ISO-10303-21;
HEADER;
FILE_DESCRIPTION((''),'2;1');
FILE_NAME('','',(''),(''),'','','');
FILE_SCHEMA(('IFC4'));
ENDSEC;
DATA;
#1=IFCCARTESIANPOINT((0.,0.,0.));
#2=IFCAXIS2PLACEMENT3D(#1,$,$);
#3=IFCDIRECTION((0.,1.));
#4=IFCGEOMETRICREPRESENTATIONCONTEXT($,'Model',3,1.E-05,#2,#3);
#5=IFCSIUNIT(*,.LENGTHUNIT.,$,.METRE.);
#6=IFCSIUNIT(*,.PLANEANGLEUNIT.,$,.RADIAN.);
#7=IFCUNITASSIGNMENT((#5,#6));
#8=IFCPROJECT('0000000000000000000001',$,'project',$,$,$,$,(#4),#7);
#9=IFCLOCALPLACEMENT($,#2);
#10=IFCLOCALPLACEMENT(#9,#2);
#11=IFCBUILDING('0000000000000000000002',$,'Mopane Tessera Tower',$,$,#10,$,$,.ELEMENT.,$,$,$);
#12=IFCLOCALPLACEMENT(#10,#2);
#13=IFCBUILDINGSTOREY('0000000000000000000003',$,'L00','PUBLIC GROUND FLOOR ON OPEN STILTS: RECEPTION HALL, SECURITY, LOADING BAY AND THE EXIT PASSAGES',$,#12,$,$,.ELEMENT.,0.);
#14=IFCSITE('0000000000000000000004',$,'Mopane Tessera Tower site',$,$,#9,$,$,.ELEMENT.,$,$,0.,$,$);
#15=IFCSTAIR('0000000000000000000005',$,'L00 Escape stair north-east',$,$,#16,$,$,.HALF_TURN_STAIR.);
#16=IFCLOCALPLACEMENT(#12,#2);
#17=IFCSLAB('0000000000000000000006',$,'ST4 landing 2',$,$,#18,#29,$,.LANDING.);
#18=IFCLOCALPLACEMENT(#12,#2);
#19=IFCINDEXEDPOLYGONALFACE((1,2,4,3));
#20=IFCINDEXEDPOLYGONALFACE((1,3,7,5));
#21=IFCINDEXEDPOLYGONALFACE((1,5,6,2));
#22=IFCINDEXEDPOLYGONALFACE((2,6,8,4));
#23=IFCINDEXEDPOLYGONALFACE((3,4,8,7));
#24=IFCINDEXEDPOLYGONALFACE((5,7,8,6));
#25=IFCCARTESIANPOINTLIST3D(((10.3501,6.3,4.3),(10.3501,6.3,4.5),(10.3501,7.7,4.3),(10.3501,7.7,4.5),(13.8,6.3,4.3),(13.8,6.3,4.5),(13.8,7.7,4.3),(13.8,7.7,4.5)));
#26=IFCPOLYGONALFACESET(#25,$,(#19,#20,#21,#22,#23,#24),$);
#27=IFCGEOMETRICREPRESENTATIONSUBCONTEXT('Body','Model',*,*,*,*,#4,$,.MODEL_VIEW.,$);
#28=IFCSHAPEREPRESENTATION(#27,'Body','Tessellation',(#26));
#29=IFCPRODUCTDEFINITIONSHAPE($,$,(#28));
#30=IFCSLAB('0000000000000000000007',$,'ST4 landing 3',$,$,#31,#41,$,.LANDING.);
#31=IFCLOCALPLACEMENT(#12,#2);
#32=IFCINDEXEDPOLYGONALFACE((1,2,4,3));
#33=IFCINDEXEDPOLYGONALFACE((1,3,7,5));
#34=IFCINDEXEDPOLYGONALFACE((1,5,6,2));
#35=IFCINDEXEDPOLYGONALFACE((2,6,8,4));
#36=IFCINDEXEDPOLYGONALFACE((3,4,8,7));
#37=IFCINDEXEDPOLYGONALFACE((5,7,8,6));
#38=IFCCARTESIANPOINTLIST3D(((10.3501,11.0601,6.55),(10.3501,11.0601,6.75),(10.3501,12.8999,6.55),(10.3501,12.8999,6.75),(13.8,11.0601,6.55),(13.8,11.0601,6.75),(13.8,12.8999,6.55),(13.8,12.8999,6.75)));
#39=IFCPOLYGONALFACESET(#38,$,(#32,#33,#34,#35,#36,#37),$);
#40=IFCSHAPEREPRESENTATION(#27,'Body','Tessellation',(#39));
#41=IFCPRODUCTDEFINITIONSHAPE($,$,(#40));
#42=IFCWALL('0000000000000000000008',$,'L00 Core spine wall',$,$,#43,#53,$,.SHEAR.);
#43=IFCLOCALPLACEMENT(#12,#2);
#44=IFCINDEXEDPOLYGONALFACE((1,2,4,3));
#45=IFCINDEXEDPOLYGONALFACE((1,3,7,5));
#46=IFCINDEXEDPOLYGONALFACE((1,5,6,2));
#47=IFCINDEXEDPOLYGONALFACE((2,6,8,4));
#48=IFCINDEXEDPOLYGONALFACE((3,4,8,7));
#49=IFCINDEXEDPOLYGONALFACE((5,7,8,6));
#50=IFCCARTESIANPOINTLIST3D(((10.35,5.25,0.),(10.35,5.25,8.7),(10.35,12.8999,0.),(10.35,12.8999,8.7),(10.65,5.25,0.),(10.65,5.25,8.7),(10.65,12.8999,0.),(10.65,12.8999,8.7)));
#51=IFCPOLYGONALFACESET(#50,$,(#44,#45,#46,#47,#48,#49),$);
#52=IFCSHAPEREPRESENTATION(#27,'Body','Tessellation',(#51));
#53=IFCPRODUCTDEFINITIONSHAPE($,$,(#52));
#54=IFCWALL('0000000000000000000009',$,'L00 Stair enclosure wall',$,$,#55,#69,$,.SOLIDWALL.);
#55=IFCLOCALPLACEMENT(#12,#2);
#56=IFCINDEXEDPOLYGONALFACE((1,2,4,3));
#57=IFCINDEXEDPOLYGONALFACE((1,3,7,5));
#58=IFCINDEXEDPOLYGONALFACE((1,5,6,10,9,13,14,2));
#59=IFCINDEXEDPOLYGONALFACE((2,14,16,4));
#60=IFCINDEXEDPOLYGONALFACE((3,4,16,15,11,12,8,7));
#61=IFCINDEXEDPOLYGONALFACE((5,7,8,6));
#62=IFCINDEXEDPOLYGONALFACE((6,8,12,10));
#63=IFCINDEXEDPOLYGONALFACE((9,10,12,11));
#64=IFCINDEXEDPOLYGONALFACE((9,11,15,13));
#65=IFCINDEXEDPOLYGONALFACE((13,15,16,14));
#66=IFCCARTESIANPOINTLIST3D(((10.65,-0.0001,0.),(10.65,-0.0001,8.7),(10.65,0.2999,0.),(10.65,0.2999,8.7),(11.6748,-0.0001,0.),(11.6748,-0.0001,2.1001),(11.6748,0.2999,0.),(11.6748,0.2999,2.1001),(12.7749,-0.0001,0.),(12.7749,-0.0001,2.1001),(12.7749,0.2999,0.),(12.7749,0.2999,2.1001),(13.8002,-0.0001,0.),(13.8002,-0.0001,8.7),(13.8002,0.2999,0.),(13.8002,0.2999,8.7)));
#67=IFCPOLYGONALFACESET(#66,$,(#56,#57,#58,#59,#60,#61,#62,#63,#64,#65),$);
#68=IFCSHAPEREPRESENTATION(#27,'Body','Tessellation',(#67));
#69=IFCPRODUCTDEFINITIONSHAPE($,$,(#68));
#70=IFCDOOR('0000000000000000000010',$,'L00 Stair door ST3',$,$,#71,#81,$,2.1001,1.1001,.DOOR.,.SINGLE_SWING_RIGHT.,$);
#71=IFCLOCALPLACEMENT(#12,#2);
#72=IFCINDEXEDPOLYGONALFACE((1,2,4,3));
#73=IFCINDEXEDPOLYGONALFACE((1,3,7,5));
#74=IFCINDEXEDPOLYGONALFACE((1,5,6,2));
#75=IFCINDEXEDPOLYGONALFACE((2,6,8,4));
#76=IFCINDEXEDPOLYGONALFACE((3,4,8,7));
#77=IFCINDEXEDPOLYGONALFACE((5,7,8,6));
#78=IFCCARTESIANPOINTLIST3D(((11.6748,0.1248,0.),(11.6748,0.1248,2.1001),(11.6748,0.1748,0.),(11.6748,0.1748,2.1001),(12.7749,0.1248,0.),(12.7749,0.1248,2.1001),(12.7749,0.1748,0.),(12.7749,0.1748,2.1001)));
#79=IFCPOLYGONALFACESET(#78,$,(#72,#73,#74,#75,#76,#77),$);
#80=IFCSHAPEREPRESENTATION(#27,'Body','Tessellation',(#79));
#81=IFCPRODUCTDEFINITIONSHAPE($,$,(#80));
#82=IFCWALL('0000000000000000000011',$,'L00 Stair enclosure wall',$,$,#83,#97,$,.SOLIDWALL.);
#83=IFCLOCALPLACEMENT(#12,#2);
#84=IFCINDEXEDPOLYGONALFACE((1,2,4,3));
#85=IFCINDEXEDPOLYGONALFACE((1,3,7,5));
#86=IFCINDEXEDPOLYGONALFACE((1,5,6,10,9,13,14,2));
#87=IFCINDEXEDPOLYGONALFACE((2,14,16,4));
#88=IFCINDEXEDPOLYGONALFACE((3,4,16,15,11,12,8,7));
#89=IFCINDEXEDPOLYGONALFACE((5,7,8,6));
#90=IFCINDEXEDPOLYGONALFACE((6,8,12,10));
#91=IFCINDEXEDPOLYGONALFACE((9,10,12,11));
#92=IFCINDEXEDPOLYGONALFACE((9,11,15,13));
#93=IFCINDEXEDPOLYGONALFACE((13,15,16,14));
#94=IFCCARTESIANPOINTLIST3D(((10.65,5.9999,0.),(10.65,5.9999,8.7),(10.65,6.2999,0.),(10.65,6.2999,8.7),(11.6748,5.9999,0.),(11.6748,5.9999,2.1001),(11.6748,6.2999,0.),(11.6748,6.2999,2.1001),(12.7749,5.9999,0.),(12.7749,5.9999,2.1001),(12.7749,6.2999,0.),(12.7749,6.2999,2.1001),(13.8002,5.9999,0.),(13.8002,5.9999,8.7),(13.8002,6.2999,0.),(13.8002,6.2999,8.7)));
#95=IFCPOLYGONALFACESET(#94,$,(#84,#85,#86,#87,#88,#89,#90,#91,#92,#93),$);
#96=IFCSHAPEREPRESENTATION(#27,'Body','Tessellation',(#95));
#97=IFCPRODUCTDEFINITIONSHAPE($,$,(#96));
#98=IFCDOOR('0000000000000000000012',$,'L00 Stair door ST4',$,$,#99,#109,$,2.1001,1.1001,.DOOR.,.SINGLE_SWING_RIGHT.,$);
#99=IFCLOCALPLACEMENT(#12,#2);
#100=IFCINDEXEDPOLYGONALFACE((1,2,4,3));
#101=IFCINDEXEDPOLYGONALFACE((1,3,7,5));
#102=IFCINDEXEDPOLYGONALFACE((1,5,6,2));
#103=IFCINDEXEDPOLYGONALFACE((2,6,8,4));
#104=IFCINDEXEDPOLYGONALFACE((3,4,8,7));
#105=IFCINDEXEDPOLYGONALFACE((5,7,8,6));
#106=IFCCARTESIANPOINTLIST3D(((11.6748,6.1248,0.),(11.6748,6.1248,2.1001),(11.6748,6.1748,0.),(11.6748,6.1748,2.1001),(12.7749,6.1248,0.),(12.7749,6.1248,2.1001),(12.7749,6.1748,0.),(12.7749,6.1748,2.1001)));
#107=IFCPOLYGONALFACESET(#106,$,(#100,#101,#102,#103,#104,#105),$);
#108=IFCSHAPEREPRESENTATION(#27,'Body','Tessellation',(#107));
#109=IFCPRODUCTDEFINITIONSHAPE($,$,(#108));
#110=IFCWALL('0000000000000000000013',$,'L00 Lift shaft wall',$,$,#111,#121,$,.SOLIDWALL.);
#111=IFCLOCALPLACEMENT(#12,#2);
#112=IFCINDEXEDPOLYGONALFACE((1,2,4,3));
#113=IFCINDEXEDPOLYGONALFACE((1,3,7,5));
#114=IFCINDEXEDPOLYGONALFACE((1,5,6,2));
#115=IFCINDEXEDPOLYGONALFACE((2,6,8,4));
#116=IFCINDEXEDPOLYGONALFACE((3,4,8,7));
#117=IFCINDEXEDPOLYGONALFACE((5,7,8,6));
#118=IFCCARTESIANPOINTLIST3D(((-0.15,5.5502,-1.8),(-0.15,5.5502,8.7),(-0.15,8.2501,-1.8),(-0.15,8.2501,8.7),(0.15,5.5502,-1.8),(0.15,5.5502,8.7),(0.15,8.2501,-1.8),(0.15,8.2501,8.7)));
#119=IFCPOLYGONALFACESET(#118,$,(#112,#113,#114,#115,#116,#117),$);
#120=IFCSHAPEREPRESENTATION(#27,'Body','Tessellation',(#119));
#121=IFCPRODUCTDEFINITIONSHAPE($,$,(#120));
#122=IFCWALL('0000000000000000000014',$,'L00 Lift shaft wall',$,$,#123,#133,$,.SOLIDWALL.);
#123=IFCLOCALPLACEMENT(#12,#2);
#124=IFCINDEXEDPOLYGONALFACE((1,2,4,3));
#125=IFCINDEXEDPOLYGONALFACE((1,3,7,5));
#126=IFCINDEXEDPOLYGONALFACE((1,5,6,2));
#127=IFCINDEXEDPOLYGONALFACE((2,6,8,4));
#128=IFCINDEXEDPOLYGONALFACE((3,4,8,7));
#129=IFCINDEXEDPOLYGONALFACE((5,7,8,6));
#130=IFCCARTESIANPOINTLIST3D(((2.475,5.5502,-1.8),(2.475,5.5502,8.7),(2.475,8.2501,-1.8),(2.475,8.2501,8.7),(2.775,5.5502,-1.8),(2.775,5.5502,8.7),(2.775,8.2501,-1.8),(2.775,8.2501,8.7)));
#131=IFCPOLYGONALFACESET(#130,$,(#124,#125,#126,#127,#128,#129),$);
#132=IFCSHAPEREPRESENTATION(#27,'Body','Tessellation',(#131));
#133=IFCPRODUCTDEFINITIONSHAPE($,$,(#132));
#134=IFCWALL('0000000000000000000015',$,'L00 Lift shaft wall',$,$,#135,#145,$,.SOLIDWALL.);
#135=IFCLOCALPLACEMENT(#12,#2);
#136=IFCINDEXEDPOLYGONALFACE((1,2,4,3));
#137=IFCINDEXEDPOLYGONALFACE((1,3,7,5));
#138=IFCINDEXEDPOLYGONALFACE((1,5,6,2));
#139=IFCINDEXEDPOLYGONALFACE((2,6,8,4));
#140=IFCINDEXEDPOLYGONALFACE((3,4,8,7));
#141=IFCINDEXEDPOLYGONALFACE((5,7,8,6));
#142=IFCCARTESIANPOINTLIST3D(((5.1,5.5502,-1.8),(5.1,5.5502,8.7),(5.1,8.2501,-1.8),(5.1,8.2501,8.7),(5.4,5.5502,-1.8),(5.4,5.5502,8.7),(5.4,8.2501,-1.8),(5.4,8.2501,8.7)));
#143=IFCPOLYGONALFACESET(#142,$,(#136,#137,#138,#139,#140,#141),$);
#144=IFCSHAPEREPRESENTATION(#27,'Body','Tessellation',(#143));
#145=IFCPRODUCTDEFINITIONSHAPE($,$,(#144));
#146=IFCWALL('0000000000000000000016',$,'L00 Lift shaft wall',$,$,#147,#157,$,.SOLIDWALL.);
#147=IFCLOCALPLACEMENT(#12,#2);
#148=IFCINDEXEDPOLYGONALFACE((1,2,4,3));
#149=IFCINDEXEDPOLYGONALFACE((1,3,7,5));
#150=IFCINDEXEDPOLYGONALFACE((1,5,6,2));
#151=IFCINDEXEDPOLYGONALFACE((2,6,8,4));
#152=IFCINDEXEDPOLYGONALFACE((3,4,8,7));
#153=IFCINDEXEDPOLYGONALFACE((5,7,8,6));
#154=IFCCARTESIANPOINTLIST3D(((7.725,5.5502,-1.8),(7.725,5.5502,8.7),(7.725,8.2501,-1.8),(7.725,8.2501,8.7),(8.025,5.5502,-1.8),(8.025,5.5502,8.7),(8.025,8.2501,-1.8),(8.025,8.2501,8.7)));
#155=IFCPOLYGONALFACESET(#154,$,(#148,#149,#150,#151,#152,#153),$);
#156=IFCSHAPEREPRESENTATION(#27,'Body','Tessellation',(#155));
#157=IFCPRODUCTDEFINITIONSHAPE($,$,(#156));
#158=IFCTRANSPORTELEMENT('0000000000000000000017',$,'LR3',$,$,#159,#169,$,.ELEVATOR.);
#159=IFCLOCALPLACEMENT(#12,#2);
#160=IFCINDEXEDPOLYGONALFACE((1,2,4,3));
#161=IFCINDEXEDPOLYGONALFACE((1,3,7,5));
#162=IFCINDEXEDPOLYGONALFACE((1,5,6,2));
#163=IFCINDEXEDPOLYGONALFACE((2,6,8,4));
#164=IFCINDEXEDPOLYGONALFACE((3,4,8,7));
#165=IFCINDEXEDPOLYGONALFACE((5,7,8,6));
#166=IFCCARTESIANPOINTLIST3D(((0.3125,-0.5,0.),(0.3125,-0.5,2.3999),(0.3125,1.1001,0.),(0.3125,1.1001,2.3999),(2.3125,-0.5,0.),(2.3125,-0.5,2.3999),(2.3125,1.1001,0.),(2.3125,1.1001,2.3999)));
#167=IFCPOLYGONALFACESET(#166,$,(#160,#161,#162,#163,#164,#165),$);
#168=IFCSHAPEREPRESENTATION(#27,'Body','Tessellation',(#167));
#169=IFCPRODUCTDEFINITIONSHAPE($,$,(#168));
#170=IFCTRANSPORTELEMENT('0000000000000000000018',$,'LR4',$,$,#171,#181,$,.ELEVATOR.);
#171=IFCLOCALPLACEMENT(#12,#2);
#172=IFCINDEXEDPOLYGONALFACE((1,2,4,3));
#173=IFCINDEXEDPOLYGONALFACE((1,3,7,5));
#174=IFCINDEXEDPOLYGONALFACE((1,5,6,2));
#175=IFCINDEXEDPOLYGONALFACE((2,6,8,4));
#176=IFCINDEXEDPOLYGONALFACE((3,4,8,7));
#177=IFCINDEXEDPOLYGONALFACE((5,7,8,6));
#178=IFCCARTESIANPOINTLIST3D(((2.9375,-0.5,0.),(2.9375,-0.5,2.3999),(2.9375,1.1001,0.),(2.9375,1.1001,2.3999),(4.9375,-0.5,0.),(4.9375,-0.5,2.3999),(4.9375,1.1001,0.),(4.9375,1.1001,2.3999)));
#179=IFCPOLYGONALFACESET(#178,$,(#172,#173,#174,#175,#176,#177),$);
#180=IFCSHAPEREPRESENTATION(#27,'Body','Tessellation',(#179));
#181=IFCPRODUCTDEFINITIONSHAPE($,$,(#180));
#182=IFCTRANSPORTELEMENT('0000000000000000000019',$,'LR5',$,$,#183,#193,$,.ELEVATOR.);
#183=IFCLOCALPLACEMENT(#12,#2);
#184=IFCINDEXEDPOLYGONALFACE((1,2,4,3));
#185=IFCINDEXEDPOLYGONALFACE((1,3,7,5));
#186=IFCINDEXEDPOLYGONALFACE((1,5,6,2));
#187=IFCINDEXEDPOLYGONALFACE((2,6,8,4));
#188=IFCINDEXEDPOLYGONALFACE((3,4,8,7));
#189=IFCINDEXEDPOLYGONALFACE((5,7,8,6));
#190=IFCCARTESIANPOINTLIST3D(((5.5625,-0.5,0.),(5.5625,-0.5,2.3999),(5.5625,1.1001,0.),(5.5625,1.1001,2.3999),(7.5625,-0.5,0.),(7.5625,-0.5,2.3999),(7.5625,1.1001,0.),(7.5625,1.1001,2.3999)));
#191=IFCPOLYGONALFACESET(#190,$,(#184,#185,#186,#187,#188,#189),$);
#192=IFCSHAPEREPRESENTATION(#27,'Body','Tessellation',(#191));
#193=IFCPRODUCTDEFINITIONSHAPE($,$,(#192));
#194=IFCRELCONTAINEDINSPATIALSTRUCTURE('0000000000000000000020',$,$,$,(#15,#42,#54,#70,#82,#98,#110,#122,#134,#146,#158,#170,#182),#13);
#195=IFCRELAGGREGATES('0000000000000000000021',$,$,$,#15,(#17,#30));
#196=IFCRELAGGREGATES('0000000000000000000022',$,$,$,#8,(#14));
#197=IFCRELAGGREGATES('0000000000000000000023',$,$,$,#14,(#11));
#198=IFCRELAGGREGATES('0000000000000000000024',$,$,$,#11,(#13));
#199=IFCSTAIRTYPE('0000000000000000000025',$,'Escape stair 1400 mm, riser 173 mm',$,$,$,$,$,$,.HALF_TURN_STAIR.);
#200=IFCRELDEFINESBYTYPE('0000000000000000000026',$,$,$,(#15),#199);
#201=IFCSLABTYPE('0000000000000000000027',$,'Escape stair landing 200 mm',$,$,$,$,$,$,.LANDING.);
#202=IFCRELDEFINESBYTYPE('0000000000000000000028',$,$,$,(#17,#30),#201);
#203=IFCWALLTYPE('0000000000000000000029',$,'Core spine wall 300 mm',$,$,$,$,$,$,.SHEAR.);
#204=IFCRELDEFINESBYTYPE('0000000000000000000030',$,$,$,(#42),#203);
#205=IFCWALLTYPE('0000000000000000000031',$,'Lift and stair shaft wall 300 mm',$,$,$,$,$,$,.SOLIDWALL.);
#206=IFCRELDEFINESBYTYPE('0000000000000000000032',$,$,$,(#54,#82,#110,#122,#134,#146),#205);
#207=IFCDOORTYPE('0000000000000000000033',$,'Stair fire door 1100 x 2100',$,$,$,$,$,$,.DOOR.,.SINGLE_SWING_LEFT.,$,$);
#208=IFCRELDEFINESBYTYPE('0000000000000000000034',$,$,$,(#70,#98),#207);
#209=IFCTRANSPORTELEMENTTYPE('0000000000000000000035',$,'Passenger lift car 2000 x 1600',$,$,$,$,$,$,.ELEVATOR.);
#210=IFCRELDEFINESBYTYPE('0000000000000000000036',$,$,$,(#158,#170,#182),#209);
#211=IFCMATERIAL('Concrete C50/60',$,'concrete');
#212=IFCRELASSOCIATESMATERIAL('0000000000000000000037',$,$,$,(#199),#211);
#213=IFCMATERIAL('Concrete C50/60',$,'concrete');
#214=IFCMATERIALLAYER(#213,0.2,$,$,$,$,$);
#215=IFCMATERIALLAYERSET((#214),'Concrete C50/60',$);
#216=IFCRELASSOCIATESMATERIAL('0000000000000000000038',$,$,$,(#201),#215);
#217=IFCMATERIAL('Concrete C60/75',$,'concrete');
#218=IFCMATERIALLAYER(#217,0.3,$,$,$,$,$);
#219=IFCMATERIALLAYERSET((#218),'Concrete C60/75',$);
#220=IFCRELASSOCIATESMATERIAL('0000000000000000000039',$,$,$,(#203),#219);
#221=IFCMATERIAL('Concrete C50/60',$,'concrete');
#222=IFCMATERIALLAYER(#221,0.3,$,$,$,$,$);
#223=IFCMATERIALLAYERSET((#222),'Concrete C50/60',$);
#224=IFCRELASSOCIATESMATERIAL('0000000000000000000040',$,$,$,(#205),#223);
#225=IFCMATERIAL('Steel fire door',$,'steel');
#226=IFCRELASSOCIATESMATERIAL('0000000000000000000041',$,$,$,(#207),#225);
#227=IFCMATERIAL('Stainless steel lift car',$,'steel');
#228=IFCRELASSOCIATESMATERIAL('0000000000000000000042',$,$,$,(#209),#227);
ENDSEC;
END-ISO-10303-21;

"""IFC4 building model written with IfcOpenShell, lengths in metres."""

from ifc_helpers import new_model, si_unit, direction, frame, frame_2d, origin, origin_2d, place, context, subcontext, project, spatial, polyline, rectangle, outline, extrude, material, layer, layer_set, type_object, element, fill, aggregate, save


model = new_model("IFC4")

# Units and contexts
model_context = context("Model", 3, precision=1e-05, world=origin(), true_north=direction((0.0, 1.0)))
body_context = subcontext(model_context, "Body", "Model", "MODEL_VIEW")
ifc_project = project(units=[si_unit("LENGTHUNIT", "METRE"), si_unit("PLANEANGLEUNIT", "RADIAN")], contexts=[model_context])

# Site, building, storey
site_placement = place(None, origin())
site = spatial("IfcSite", under=ifc_project, at=site_placement, Name="Mopane Tessera Tower site", CompositionType="ELEMENT", RefElevation=0.0)
building_placement = place(site_placement, origin())
building = spatial("IfcBuilding", under=site, at=building_placement, Name="Mopane Tessera Tower", CompositionType="ELEMENT")
storey_placement = place(building_placement, origin())
storey = spatial("IfcBuildingStorey", under=building, at=storey_placement, Name="L00", Description="PUBLIC GROUND FLOOR ON OPEN STILTS: RECEPTION HALL, SECURITY, LOADING BAY AND THE EXIT PASSAGES", CompositionType="ELEMENT", Elevation=0.0)

# Stair, slabs
ifc_material_1 = material(Name="Concrete C50/60", Category="concrete")
stair_type = type_object("IfcStairType", Name="Escape stair 1400 mm, riser 173 mm", PredefinedType="HALF_TURN_STAIR", material=ifc_material_1)
ifc_material_2 = material(Name="Concrete C50/60", Category="concrete")
ifc_layer_1 = layer(ifc_material_2, 0.2)
ifc_layer_set_1 = layer_set([ifc_layer_1], Name="Concrete C50/60")
slab_type_1 = type_object("IfcSlabType", Name="Escape stair landing 200 mm", PredefinedType="LANDING", material=ifc_layer_set_1)
stair_1_placement = place(storey_placement, origin())
stair_1 = element("IfcStair", 1, at=stair_1_placement, inside=storey, type_object=stair_type, Name="L00 Escape stair north-east", PredefinedType="HALF_TURN_STAIR")
slab_1_placement = place(storey_placement, frame((0.0, 0.0, 4.3)))
slab_1 = element("IfcSlab", 2, at=slab_1_placement, type_object=slab_type_1, Name="ST4 landing 2", PredefinedType="LANDING", context=body_context, shape_type="SweptSolid", body=[
    extrude(outline(polyline([(13.8, 6.3), (13.8, 7.7), (10.3501, 7.7), (10.3501, 6.3), (13.8, 6.3)])), origin(), (0.0, 0.0, 1.0), 0.2),
])
slab_2_placement = place(storey_placement, frame((0.0, 0.0, 6.55)))
slab_2 = element("IfcSlab", 3, at=slab_2_placement, type_object=slab_type_1, Name="ST4 landing 3", PredefinedType="LANDING", context=body_context, shape_type="SweptSolid", body=[
    extrude(outline(polyline([(13.8, 11.0601), (13.8, 12.8999), (10.3501, 12.8999), (10.3501, 11.0601), (13.8, 11.0601)])), origin(), (0.0, 0.0, 1.0), 0.2),
])
aggregate(stair_1, [slab_1, slab_2])

# Wall
ifc_material_3 = material(Name="Concrete C60/75", Category="concrete")
ifc_layer_2 = layer(ifc_material_3, 0.3)
ifc_layer_set_2 = layer_set([ifc_layer_2], Name="Concrete C60/75")
wall_type_1 = type_object("IfcWallType", Name="Core spine wall 300 mm", PredefinedType="SHEAR", material=ifc_layer_set_2)
wall_1_placement = place(storey_placement, frame((10.5, 5.25, 0.0), z_axis=(0.0, 0.0, 1.0), x_axis=(0.0, 1.0, 0.0)))
element("IfcWall", 4, at=wall_1_placement, inside=storey, type_object=wall_type_1, Name="L00 Core spine wall", PredefinedType="SHEAR", context=body_context, shape_type="SweptSolid", body=[
    extrude(rectangle(XDim=7.6499, YDim=0.3, at=frame_2d((3.825, 0.0))), origin(), (0.0, 0.0, 1.0), 8.7),
])

# Walls, openings, doors
ifc_material_4 = material(Name="Concrete C50/60", Category="concrete")
ifc_layer_3 = layer(ifc_material_4, 0.3)
ifc_layer_set_3 = layer_set([ifc_layer_3], Name="Concrete C50/60")
wall_type_2 = type_object("IfcWallType", Name="Lift and stair shaft wall 300 mm", PredefinedType="SOLIDWALL", material=ifc_layer_set_3)
wall_2_placement = place(storey_placement, frame((10.6499, 0.1499, 0.0), z_axis=(0.0, 0.0, 1.0), x_axis=(1.0, 0.0, 0.0)))
wall_2 = element("IfcWall", 5, at=wall_2_placement, inside=storey, type_object=wall_type_2, Name="L00 Stair enclosure wall", PredefinedType="SOLIDWALL", context=body_context, shape_type="SweptSolid", body=[
    extrude(rectangle(XDim=3.1501, YDim=0.3, at=frame_2d((1.5752, 0.0))), origin(), (0.0, 0.0, 1.0), 8.7),
])
opening_1_placement = place(wall_2_placement, frame((1.0249, 0.0, 0.0)))
opening_1 = element("IfcOpeningElement", 6, at=opening_1_placement, cuts=wall_2, PredefinedType="OPENING", context=body_context, shape_type="SweptSolid", body=[
    extrude(rectangle(XDim=1.1001, YDim=2.1001, at=frame_2d((0.55, 1.05))), frame((0.0, 0.1621, 0.0), z_axis=(0.0, -1.0, 0.0), x_axis=(1.0, 0.0, 0.0)), (0.0, 0.0, 1.0), 0.324),
])
ifc_material_5 = material(Name="Steel fire door", Category="steel")
door_type = type_object("IfcDoorType", Name="Stair fire door 1100 x 2100", OperationType="SINGLE_SWING_LEFT", PredefinedType="DOOR", material=ifc_material_5)
door_1_placement = place(opening_1_placement, origin())
door_1 = element("IfcDoor", 7, at=door_1_placement, inside=storey, type_object=door_type, Name="L00 Stair door ST3", OperationType="SINGLE_SWING_RIGHT", OverallHeight=2.1001, OverallWidth=1.1001, PredefinedType="DOOR", context=body_context, shape_type="SweptSolid", body=[
    extrude(rectangle(XDim=1.1001, YDim=2.1001, at=frame_2d((0.55, 1.05))), frame((0.0, 0.0249, 0.0), z_axis=(0.0, -1.0, 0.0), x_axis=(1.0, 0.0, 0.0)), (0.0, 0.0, 1.0), 0.05),
])
fill(opening_1, door_1)
wall_3_placement = place(storey_placement, frame((10.6499, 6.1499, 0.0), z_axis=(0.0, 0.0, 1.0), x_axis=(1.0, 0.0, 0.0)))
wall_3 = element("IfcWall", 8, at=wall_3_placement, inside=storey, type_object=wall_type_2, Name="L00 Stair enclosure wall", PredefinedType="SOLIDWALL", context=body_context, shape_type="SweptSolid", body=[
    extrude(rectangle(XDim=3.1501, YDim=0.3, at=frame_2d((1.5752, 0.0))), origin(), (0.0, 0.0, 1.0), 8.7),
])
opening_2_placement = place(wall_3_placement, frame((1.0249, 0.0, 0.0)))
opening_2 = element("IfcOpeningElement", 9, at=opening_2_placement, cuts=wall_3, PredefinedType="OPENING", context=body_context, shape_type="SweptSolid", body=[
    extrude(rectangle(XDim=1.1001, YDim=2.1001, at=frame_2d((0.55, 1.05))), frame((0.0, 0.1621, 0.0), z_axis=(0.0, -1.0, 0.0), x_axis=(1.0, 0.0, 0.0)), (0.0, 0.0, 1.0), 0.324),
])
door_2_placement = place(opening_2_placement, origin())
door_2 = element("IfcDoor", 10, at=door_2_placement, inside=storey, type_object=door_type, Name="L00 Stair door ST4", OperationType="SINGLE_SWING_RIGHT", OverallHeight=2.1001, OverallWidth=1.1001, PredefinedType="DOOR", context=body_context, shape_type="SweptSolid", body=[
    extrude(rectangle(XDim=1.1001, YDim=2.1001, at=frame_2d((0.55, 1.05))), frame((0.0, 0.0249, 0.0), z_axis=(0.0, -1.0, 0.0), x_axis=(1.0, 0.0, 0.0)), (0.0, 0.0, 1.0), 0.05),
])
fill(opening_2, door_2)

# Walls
for number, where, z_axis, x_axis, name in (
    (11, (0.0, 5.55, -1.8), (0.0, 0.0, 1.0), (0.0, 1.0, 0.0), "L00 Lift shaft wall"),
    (12, (2.625, 5.55, -1.8), (0.0, 0.0, 1.0), (0.0, 1.0, 0.0), "L00 Lift shaft wall"),
    (13, (5.25, 5.55, -1.8), (0.0, 0.0, 1.0), (0.0, 1.0, 0.0), "L00 Lift shaft wall"),
    (14, (7.875, 5.55, -1.8), (0.0, 0.0, 1.0), (0.0, 1.0, 0.0), "L00 Lift shaft wall"),
):
    element("IfcWall", number, at=place(storey_placement, frame(where, z_axis=z_axis, x_axis=x_axis)), inside=storey, type_object=wall_type_2, Name=name, PredefinedType="SOLIDWALL", context=body_context, shape_type="SweptSolid", body=[
        extrude(rectangle(XDim=2.7, YDim=0.3, at=frame_2d((1.3501, 0.0))), origin(), (0.0, 0.0, 1.0), 10.5),
    ])

# Transport elements
ifc_material_6 = material(Name="Stainless steel lift car", Category="steel")
transport_element_type_1 = type_object("IfcTransportElementType", Name="Passenger lift car 2000 x 1600", PredefinedType="ELEVATOR", material=ifc_material_6)
for number, where, z_axis, x_axis, name in (
    (15, (1.3125, 0.3, 0.0), (0.0, 0.0, 1.0), (1.0, 0.0, 0.0), "LR3"),
    (16, (3.9375, 0.3, 0.0), (0.0, 0.0, 1.0), (1.0, 0.0, 0.0), "LR4"),
    (17, (6.5625, 0.3, 0.0), (0.0, 0.0, 1.0), (1.0, 0.0, 0.0), "LR5"),
):
    element("IfcTransportElement", number, at=place(storey_placement, frame(where, z_axis=z_axis, x_axis=x_axis)), inside=storey, type_object=transport_element_type_1, Name=name, PredefinedType="ELEVATOR", context=body_context, shape_type="SweptSolid", body=[
        extrude(rectangle(XDim=2.0, YDim=1.6001, at=origin_2d()), origin(), (0.0, 0.0, 1.0), 2.3999),
    ])

save(model, "model.ifc")
